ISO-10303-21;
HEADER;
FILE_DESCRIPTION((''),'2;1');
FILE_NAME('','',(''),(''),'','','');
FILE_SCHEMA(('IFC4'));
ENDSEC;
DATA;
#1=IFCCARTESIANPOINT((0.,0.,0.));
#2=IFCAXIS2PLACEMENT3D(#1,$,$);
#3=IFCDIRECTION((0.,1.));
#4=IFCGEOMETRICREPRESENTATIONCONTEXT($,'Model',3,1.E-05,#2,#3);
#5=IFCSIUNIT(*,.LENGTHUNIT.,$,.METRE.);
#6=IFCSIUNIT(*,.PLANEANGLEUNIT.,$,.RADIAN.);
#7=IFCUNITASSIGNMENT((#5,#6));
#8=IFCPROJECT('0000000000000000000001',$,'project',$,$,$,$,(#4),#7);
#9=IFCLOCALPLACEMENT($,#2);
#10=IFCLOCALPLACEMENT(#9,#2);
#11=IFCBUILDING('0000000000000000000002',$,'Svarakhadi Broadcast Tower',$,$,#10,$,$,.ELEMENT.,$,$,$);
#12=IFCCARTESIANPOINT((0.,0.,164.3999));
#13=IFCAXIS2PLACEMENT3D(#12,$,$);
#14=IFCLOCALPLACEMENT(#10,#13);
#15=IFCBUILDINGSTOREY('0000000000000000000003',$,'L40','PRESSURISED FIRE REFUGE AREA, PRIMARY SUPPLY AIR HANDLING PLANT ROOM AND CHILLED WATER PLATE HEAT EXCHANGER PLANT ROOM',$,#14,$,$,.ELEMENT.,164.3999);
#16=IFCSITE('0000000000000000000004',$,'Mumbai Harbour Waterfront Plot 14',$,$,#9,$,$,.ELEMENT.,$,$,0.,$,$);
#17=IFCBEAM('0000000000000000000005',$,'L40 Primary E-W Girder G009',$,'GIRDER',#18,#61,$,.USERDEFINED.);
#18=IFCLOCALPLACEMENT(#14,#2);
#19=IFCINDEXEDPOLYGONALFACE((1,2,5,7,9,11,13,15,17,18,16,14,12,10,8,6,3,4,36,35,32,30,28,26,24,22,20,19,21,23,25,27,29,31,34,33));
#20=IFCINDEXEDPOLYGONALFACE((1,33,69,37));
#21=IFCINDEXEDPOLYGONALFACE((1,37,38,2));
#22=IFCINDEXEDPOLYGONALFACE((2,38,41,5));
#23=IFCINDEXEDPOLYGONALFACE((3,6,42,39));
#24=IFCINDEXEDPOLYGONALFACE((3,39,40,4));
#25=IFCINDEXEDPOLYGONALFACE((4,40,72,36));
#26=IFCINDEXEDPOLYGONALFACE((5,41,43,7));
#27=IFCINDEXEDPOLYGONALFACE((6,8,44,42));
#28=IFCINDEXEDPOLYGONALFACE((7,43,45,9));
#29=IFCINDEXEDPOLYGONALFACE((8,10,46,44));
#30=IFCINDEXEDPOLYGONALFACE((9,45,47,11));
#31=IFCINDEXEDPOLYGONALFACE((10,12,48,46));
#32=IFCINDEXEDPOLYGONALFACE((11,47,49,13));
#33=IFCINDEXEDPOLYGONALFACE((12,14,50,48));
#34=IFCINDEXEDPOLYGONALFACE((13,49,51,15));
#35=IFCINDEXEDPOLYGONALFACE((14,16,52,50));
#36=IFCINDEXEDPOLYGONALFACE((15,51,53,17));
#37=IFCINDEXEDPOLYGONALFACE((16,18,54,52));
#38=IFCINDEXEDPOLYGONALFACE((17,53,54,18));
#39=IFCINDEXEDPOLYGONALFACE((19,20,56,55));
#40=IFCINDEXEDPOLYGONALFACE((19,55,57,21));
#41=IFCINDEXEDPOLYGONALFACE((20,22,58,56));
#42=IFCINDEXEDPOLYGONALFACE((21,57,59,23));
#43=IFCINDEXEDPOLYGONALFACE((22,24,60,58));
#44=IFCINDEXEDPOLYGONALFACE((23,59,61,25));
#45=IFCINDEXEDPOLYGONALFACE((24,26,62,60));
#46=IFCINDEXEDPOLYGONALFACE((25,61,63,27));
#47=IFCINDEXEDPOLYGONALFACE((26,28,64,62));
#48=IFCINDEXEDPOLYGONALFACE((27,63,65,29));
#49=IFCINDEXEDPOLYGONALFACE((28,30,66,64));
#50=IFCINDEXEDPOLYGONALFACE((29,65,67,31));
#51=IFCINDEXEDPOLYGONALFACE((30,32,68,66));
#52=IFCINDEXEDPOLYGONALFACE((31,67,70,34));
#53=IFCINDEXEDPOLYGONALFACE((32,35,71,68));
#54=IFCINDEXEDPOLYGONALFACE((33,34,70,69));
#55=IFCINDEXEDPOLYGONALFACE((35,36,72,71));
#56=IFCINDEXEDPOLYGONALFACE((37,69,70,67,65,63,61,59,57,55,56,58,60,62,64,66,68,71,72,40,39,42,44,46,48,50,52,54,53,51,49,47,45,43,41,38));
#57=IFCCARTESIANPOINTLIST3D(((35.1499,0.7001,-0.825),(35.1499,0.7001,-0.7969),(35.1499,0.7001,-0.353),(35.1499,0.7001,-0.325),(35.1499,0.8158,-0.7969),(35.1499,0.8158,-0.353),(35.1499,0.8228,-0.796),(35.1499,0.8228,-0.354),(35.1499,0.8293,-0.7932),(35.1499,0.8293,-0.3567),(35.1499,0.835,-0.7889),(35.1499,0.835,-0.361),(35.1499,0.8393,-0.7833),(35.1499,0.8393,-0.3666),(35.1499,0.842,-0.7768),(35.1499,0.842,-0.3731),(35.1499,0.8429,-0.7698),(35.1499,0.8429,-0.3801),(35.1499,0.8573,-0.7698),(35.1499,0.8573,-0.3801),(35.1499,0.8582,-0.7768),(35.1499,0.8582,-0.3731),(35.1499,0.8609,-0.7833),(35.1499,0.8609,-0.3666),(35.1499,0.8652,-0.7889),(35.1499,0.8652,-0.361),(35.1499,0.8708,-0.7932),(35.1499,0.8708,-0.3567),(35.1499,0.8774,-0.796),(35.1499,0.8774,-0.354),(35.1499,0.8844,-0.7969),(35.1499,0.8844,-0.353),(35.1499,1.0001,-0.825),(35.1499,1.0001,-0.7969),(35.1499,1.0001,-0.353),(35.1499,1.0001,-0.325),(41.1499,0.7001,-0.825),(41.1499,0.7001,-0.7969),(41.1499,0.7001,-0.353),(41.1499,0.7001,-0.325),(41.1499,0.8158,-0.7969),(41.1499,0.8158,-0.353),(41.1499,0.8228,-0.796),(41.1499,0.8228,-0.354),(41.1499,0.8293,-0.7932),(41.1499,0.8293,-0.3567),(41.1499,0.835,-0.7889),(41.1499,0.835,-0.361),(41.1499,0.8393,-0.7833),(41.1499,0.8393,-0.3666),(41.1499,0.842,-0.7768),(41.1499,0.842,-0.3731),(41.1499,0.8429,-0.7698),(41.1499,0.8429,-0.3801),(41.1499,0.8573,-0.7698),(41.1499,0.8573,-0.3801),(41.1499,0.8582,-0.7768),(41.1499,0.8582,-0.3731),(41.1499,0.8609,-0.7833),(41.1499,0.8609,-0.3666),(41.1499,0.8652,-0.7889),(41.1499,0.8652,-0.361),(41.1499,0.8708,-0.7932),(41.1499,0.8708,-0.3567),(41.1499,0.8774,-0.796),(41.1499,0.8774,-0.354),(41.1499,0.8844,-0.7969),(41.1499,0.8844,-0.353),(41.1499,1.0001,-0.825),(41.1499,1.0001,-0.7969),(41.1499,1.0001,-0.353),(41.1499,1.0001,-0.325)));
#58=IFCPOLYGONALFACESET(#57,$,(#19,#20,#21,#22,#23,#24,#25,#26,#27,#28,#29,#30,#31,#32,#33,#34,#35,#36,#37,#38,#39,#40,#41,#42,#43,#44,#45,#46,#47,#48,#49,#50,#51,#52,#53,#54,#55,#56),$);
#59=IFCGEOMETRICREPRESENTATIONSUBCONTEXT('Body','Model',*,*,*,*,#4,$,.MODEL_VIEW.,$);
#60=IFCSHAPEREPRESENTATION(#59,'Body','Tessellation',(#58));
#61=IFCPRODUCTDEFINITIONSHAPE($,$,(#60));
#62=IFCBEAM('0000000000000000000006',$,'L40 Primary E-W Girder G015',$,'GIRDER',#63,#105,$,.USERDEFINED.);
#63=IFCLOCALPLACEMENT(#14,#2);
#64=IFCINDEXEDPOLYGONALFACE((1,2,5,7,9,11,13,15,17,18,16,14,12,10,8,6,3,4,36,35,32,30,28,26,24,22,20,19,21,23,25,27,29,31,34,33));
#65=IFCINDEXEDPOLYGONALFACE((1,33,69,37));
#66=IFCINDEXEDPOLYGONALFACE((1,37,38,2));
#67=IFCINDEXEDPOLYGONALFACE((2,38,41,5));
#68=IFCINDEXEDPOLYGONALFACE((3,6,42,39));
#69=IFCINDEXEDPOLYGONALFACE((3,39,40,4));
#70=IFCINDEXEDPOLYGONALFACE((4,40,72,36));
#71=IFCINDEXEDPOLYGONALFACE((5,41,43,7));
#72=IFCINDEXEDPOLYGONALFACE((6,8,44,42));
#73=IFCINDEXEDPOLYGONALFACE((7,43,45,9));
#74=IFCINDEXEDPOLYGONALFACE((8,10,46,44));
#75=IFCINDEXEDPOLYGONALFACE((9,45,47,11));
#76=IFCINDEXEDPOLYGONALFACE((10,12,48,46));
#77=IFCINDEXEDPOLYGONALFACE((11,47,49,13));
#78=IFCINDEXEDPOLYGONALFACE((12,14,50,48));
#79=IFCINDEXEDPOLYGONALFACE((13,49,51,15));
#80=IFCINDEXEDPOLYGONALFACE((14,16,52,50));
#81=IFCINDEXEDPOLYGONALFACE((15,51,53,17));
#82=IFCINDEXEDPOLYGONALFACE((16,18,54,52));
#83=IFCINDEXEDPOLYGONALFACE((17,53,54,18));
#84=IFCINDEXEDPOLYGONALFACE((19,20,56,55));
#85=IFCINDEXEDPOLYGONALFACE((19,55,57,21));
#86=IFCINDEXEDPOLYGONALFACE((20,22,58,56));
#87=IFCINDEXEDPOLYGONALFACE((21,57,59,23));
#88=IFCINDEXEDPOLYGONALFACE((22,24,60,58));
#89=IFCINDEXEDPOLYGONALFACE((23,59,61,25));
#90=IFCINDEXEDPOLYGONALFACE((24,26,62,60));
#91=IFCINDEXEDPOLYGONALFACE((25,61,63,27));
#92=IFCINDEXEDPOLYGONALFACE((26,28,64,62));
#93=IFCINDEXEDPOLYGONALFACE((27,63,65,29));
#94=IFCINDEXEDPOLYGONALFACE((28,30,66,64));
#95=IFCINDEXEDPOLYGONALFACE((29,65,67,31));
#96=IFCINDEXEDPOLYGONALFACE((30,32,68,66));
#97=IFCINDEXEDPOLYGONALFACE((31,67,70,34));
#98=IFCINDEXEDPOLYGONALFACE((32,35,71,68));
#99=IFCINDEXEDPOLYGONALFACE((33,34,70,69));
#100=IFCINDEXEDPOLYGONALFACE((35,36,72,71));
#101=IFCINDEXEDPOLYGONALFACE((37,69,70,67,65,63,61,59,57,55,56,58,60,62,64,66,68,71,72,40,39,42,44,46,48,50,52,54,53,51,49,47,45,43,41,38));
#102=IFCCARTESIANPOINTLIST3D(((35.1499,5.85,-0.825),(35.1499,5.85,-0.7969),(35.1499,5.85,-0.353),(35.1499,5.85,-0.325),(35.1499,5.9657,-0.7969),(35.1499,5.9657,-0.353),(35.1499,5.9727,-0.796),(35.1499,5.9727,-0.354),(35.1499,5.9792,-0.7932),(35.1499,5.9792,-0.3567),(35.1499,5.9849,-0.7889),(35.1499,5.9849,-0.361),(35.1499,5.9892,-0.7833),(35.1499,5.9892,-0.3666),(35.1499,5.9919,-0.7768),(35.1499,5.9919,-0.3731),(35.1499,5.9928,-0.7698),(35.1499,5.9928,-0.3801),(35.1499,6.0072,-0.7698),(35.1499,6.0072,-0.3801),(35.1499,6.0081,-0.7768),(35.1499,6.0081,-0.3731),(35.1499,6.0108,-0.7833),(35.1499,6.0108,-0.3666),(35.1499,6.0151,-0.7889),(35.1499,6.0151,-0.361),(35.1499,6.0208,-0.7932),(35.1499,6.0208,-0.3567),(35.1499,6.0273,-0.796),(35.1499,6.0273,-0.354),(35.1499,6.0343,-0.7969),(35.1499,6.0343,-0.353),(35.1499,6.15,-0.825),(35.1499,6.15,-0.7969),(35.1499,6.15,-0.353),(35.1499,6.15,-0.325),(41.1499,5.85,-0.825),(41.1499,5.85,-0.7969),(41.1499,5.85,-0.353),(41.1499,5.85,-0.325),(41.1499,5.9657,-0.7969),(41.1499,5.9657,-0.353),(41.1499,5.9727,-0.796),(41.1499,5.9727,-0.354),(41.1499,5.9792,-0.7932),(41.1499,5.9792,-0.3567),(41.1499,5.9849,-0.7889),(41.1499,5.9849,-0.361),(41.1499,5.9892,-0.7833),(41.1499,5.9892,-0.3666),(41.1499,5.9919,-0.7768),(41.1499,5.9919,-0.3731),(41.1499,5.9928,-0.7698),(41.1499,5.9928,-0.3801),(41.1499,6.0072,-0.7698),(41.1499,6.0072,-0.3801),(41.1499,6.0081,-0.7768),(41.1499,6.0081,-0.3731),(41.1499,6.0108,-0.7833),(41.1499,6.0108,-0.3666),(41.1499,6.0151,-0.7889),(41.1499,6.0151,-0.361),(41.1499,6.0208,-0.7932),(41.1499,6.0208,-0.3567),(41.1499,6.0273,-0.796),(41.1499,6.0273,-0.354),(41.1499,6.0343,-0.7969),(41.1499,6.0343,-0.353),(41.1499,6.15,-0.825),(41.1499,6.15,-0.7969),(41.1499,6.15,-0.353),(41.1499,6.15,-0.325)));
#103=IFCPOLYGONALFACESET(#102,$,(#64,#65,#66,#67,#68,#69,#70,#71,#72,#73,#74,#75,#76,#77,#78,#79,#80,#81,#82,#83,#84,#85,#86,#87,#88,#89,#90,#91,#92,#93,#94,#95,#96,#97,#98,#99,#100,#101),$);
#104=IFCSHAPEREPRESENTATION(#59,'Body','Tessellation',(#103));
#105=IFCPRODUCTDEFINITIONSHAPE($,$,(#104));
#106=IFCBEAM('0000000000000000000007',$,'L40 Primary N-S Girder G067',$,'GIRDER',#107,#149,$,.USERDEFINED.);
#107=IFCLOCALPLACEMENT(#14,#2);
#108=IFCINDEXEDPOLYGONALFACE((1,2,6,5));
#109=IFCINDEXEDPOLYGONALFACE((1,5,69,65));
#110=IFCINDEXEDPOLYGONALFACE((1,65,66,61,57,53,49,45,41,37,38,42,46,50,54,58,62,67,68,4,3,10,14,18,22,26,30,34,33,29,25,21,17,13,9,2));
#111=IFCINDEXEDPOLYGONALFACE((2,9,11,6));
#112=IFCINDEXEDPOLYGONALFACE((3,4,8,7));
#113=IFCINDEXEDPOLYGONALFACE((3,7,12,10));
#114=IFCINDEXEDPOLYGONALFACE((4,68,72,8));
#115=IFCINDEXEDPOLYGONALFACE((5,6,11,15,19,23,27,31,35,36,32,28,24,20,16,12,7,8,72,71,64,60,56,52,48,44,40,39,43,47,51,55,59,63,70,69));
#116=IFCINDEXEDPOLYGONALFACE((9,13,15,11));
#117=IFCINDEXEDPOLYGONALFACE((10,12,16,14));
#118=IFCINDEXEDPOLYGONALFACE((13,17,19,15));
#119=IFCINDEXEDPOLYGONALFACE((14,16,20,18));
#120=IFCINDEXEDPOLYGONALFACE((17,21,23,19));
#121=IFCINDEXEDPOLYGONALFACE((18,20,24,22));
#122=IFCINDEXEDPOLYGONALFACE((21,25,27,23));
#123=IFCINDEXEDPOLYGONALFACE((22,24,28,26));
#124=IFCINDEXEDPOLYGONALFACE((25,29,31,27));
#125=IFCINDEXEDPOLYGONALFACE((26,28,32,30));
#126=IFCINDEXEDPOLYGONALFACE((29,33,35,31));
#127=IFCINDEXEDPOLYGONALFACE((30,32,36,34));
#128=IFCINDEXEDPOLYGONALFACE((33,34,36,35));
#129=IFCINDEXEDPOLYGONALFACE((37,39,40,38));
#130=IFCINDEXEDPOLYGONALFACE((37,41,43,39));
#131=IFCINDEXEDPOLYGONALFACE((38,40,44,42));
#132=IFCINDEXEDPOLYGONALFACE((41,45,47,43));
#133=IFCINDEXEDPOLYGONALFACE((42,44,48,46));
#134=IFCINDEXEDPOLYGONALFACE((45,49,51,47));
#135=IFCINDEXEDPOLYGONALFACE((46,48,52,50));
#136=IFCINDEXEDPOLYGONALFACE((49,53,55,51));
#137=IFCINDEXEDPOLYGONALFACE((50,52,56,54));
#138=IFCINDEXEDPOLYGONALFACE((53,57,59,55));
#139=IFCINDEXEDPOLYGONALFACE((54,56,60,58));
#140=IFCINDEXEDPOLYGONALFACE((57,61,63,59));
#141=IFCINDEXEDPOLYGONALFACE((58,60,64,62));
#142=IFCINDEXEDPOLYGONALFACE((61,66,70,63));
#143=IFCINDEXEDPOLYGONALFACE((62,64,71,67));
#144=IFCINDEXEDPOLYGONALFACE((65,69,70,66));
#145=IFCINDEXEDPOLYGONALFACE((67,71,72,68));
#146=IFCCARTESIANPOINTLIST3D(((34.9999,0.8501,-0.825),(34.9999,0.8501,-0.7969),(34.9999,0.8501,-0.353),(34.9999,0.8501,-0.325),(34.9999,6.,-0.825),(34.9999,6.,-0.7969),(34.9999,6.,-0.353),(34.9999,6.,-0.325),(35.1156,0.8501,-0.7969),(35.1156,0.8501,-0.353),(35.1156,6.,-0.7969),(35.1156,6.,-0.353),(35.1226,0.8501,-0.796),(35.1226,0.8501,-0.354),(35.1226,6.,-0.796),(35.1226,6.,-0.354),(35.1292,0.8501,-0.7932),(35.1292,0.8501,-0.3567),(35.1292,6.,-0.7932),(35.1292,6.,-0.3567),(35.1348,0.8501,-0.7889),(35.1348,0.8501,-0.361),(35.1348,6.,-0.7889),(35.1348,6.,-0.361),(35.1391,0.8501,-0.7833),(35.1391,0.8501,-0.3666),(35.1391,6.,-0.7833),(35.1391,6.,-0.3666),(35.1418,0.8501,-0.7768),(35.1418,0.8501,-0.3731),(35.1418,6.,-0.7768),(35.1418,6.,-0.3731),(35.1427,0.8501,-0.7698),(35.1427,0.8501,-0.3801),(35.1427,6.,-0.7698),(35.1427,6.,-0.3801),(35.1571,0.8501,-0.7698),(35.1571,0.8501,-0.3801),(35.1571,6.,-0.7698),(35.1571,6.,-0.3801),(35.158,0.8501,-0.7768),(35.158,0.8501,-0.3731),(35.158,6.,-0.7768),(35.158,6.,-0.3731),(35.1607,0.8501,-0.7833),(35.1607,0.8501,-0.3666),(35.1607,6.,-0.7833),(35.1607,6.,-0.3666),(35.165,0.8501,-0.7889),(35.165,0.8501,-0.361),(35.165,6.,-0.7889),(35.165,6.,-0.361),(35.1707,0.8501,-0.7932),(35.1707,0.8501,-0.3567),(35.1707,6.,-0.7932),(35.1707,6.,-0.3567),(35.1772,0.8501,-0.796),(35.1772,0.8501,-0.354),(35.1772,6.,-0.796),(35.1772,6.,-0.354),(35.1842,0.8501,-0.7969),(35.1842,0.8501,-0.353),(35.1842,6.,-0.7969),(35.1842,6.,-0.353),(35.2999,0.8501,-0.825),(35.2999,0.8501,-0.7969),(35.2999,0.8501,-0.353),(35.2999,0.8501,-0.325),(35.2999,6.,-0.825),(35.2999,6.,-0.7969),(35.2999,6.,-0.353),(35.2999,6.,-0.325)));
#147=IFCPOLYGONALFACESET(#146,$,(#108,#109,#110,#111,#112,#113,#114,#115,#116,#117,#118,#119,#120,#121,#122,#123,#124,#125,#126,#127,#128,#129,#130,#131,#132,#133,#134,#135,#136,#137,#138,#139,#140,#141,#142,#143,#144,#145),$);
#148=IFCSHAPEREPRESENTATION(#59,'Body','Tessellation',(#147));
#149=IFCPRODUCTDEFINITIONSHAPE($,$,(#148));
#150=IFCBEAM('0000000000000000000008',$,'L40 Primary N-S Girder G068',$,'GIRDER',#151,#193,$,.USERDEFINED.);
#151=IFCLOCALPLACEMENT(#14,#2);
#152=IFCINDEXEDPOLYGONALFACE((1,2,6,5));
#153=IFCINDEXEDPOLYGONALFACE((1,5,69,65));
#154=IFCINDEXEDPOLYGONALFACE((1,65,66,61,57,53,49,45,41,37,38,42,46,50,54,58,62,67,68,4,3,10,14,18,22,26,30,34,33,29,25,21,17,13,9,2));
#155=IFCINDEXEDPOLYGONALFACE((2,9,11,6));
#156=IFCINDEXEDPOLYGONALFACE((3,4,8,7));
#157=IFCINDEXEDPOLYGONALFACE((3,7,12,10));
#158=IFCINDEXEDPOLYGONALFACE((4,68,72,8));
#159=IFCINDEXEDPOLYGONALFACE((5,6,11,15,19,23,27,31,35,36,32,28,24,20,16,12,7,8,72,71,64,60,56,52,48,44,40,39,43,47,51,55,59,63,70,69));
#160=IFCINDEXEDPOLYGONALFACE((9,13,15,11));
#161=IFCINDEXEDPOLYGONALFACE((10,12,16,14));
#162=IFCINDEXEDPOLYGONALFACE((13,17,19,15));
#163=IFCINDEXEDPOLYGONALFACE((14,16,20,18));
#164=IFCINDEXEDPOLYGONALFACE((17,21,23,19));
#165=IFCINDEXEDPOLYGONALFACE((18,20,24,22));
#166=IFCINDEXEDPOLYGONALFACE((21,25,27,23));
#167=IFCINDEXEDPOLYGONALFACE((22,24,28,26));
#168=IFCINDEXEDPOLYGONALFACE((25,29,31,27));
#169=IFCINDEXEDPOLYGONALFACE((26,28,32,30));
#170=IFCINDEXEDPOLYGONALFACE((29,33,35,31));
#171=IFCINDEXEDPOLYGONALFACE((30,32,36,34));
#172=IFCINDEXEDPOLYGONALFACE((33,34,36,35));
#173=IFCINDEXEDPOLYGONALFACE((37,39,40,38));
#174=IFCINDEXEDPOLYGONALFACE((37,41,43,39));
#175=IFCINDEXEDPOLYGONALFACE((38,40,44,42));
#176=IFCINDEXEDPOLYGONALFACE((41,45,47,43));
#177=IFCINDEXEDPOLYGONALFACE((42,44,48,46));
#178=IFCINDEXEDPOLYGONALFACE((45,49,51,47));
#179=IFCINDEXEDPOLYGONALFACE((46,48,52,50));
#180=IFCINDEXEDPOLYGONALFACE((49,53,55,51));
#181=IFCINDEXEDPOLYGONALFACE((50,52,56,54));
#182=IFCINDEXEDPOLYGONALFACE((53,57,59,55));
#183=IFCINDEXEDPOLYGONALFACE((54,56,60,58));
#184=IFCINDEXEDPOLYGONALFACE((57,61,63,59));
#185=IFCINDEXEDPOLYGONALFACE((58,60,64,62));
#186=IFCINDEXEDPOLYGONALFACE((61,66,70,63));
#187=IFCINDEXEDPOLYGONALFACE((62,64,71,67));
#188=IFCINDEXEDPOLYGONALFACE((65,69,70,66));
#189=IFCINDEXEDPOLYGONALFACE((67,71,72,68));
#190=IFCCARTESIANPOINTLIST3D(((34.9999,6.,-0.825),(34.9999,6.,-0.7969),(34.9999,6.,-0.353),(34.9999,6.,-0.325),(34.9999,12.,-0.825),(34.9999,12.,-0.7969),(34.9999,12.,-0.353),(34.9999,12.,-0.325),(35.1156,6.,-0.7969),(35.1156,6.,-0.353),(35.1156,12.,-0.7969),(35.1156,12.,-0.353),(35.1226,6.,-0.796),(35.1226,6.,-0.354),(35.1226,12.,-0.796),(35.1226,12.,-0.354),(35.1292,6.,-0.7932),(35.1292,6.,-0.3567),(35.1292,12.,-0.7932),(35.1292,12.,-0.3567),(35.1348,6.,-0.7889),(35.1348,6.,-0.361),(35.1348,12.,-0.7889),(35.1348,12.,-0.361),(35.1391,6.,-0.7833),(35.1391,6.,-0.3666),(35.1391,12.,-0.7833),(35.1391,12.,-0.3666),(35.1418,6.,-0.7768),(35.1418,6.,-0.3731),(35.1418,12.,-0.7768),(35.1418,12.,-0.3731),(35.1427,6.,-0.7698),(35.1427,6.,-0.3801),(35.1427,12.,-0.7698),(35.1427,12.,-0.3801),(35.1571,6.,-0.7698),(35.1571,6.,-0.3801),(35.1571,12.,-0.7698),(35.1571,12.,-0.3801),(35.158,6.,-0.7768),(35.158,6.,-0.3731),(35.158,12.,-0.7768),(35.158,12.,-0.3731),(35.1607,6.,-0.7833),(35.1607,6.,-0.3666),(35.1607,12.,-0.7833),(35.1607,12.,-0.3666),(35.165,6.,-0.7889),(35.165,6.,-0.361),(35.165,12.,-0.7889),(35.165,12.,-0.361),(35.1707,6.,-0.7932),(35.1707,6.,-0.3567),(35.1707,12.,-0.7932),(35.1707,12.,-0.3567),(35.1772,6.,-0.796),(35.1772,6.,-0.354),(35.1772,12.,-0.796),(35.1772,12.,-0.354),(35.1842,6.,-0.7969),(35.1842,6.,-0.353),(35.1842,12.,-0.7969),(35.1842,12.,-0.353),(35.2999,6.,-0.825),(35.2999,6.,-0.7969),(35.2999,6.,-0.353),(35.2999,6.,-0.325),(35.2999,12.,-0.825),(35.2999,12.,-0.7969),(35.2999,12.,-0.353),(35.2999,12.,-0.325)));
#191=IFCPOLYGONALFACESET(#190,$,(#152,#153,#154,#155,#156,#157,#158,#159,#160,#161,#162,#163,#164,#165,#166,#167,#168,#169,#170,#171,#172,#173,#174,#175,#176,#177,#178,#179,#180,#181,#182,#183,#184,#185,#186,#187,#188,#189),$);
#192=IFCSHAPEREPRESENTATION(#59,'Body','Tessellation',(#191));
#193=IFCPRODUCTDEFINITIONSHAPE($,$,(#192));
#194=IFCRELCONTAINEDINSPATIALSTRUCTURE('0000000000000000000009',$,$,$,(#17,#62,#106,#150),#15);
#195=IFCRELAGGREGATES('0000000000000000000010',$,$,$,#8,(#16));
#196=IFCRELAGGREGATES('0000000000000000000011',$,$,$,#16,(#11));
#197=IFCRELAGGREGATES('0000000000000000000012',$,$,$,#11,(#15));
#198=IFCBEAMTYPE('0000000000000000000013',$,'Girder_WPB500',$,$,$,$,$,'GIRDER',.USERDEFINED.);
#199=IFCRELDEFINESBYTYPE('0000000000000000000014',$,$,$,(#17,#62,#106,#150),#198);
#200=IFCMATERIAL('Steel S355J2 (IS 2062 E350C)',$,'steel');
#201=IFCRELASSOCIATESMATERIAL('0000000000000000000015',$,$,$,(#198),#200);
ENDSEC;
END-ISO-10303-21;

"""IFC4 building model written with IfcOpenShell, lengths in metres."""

from ifc_helpers import new_model, si_unit, direction, frame, origin, origin_2d, place, context, subcontext, project, spatial, i_section, extrude, material, material_profile, profile_set, type_object, element, save


model = new_model("IFC4")

# Units and contexts
model_context = context("Model", 3, precision=1e-05, world=origin(), true_north=direction((0.0, 1.0)))
body_context = subcontext(model_context, "Body", "Model", "MODEL_VIEW")
ifc_project = project(units=[si_unit("LENGTHUNIT", "METRE"), si_unit("PLANEANGLEUNIT", "RADIAN")], contexts=[model_context])

# Site, building, storey
site_placement = place(None, origin())
site = spatial("IfcSite", under=ifc_project, at=site_placement, Name="Mumbai Harbour Waterfront Plot 14", CompositionType="ELEMENT", RefElevation=0.0)
building_placement = place(site_placement, origin())
building = spatial("IfcBuilding", under=site, at=building_placement, Name="Svarakhadi Broadcast Tower", CompositionType="ELEMENT")
storey_placement = place(building_placement, frame((0.0, 0.0, 164.3999)))
storey = spatial("IfcBuildingStorey", under=building, at=storey_placement, Name="L40", Description="PRESSURISED FIRE REFUGE AREA, PRIMARY SUPPLY AIR HANDLING PLANT ROOM AND CHILLED WATER PLATE HEAT EXCHANGER PLANT ROOM", CompositionType="ELEMENT", Elevation=164.3999)

# Beams
ifc_material_1 = material(Name="Steel S355J2 (IS 2062 E350C)", Category="steel")
ifc_material_profile_1 = material_profile(ifc_material_1, i_section(OverallWidth=0.3, OverallDepth=0.5, WebThickness=0.0144, FlangeThickness=0.0281, FilletRadius=0.0271, at=origin_2d()), Name="WPB 500x300x187")
ifc_profile_set_1 = profile_set([ifc_material_profile_1], Name="Steel S355J2 (IS 2062 E350C)")
beam_type_1 = type_object("IfcBeamType", Name="Girder_WPB500", ElementType="GIRDER", PredefinedType="USERDEFINED", material=ifc_profile_set_1)
for number, where, z_axis, x_axis, name in (
    (1, (35.1499, 0.8501, -0.575), (1.0, 0.0, 0.0), (0.0, 1.0, 0.0), "L40 Primary E-W Girder G009"),
    (2, (35.1499, 6.0, -0.575), (1.0, 0.0, 0.0), (0.0, 1.0, 0.0), "L40 Primary E-W Girder G015"),
):
    element("IfcBeam", number, at=place(storey_placement, frame(where, z_axis=z_axis, x_axis=x_axis)), inside=storey, type_object=beam_type_1, Name=name, ObjectType="GIRDER", PredefinedType="USERDEFINED", context=body_context, shape_type="SweptSolid", body=[
        extrude(i_section(OverallWidth=0.3, OverallDepth=0.5, WebThickness=0.0144, FlangeThickness=0.0281, FilletRadius=0.0271, at=origin_2d()), origin(), (0.0, 0.0, 1.0), 6.0),
    ])
beam_1_placement = place(storey_placement, frame((35.1499, 0.8501, -0.575), z_axis=(0.0, 1.0, 0.0), x_axis=(-1.0, 0.0, 0.0)))
element("IfcBeam", 3, at=beam_1_placement, inside=storey, type_object=beam_type_1, Name="L40 Primary N-S Girder G067", ObjectType="GIRDER", PredefinedType="USERDEFINED", context=body_context, shape_type="SweptSolid", body=[
    extrude(i_section(OverallWidth=0.3, OverallDepth=0.5, WebThickness=0.0144, FlangeThickness=0.0281, FilletRadius=0.0271, at=origin_2d()), origin(), (0.0, 0.0, 1.0), 5.1499),
])
beam_2_placement = place(storey_placement, frame((35.1499, 6.0, -0.575), z_axis=(0.0, 1.0, 0.0), x_axis=(-1.0, 0.0, 0.0)))
element("IfcBeam", 4, at=beam_2_placement, inside=storey, type_object=beam_type_1, Name="L40 Primary N-S Girder G068", ObjectType="GIRDER", PredefinedType="USERDEFINED", context=body_context, shape_type="SweptSolid", body=[
    extrude(i_section(OverallWidth=0.3, OverallDepth=0.5, WebThickness=0.0144, FlangeThickness=0.0281, FilletRadius=0.0271, at=origin_2d()), origin(), (0.0, 0.0, 1.0), 6.0),
])

save(model, "model.ifc")
